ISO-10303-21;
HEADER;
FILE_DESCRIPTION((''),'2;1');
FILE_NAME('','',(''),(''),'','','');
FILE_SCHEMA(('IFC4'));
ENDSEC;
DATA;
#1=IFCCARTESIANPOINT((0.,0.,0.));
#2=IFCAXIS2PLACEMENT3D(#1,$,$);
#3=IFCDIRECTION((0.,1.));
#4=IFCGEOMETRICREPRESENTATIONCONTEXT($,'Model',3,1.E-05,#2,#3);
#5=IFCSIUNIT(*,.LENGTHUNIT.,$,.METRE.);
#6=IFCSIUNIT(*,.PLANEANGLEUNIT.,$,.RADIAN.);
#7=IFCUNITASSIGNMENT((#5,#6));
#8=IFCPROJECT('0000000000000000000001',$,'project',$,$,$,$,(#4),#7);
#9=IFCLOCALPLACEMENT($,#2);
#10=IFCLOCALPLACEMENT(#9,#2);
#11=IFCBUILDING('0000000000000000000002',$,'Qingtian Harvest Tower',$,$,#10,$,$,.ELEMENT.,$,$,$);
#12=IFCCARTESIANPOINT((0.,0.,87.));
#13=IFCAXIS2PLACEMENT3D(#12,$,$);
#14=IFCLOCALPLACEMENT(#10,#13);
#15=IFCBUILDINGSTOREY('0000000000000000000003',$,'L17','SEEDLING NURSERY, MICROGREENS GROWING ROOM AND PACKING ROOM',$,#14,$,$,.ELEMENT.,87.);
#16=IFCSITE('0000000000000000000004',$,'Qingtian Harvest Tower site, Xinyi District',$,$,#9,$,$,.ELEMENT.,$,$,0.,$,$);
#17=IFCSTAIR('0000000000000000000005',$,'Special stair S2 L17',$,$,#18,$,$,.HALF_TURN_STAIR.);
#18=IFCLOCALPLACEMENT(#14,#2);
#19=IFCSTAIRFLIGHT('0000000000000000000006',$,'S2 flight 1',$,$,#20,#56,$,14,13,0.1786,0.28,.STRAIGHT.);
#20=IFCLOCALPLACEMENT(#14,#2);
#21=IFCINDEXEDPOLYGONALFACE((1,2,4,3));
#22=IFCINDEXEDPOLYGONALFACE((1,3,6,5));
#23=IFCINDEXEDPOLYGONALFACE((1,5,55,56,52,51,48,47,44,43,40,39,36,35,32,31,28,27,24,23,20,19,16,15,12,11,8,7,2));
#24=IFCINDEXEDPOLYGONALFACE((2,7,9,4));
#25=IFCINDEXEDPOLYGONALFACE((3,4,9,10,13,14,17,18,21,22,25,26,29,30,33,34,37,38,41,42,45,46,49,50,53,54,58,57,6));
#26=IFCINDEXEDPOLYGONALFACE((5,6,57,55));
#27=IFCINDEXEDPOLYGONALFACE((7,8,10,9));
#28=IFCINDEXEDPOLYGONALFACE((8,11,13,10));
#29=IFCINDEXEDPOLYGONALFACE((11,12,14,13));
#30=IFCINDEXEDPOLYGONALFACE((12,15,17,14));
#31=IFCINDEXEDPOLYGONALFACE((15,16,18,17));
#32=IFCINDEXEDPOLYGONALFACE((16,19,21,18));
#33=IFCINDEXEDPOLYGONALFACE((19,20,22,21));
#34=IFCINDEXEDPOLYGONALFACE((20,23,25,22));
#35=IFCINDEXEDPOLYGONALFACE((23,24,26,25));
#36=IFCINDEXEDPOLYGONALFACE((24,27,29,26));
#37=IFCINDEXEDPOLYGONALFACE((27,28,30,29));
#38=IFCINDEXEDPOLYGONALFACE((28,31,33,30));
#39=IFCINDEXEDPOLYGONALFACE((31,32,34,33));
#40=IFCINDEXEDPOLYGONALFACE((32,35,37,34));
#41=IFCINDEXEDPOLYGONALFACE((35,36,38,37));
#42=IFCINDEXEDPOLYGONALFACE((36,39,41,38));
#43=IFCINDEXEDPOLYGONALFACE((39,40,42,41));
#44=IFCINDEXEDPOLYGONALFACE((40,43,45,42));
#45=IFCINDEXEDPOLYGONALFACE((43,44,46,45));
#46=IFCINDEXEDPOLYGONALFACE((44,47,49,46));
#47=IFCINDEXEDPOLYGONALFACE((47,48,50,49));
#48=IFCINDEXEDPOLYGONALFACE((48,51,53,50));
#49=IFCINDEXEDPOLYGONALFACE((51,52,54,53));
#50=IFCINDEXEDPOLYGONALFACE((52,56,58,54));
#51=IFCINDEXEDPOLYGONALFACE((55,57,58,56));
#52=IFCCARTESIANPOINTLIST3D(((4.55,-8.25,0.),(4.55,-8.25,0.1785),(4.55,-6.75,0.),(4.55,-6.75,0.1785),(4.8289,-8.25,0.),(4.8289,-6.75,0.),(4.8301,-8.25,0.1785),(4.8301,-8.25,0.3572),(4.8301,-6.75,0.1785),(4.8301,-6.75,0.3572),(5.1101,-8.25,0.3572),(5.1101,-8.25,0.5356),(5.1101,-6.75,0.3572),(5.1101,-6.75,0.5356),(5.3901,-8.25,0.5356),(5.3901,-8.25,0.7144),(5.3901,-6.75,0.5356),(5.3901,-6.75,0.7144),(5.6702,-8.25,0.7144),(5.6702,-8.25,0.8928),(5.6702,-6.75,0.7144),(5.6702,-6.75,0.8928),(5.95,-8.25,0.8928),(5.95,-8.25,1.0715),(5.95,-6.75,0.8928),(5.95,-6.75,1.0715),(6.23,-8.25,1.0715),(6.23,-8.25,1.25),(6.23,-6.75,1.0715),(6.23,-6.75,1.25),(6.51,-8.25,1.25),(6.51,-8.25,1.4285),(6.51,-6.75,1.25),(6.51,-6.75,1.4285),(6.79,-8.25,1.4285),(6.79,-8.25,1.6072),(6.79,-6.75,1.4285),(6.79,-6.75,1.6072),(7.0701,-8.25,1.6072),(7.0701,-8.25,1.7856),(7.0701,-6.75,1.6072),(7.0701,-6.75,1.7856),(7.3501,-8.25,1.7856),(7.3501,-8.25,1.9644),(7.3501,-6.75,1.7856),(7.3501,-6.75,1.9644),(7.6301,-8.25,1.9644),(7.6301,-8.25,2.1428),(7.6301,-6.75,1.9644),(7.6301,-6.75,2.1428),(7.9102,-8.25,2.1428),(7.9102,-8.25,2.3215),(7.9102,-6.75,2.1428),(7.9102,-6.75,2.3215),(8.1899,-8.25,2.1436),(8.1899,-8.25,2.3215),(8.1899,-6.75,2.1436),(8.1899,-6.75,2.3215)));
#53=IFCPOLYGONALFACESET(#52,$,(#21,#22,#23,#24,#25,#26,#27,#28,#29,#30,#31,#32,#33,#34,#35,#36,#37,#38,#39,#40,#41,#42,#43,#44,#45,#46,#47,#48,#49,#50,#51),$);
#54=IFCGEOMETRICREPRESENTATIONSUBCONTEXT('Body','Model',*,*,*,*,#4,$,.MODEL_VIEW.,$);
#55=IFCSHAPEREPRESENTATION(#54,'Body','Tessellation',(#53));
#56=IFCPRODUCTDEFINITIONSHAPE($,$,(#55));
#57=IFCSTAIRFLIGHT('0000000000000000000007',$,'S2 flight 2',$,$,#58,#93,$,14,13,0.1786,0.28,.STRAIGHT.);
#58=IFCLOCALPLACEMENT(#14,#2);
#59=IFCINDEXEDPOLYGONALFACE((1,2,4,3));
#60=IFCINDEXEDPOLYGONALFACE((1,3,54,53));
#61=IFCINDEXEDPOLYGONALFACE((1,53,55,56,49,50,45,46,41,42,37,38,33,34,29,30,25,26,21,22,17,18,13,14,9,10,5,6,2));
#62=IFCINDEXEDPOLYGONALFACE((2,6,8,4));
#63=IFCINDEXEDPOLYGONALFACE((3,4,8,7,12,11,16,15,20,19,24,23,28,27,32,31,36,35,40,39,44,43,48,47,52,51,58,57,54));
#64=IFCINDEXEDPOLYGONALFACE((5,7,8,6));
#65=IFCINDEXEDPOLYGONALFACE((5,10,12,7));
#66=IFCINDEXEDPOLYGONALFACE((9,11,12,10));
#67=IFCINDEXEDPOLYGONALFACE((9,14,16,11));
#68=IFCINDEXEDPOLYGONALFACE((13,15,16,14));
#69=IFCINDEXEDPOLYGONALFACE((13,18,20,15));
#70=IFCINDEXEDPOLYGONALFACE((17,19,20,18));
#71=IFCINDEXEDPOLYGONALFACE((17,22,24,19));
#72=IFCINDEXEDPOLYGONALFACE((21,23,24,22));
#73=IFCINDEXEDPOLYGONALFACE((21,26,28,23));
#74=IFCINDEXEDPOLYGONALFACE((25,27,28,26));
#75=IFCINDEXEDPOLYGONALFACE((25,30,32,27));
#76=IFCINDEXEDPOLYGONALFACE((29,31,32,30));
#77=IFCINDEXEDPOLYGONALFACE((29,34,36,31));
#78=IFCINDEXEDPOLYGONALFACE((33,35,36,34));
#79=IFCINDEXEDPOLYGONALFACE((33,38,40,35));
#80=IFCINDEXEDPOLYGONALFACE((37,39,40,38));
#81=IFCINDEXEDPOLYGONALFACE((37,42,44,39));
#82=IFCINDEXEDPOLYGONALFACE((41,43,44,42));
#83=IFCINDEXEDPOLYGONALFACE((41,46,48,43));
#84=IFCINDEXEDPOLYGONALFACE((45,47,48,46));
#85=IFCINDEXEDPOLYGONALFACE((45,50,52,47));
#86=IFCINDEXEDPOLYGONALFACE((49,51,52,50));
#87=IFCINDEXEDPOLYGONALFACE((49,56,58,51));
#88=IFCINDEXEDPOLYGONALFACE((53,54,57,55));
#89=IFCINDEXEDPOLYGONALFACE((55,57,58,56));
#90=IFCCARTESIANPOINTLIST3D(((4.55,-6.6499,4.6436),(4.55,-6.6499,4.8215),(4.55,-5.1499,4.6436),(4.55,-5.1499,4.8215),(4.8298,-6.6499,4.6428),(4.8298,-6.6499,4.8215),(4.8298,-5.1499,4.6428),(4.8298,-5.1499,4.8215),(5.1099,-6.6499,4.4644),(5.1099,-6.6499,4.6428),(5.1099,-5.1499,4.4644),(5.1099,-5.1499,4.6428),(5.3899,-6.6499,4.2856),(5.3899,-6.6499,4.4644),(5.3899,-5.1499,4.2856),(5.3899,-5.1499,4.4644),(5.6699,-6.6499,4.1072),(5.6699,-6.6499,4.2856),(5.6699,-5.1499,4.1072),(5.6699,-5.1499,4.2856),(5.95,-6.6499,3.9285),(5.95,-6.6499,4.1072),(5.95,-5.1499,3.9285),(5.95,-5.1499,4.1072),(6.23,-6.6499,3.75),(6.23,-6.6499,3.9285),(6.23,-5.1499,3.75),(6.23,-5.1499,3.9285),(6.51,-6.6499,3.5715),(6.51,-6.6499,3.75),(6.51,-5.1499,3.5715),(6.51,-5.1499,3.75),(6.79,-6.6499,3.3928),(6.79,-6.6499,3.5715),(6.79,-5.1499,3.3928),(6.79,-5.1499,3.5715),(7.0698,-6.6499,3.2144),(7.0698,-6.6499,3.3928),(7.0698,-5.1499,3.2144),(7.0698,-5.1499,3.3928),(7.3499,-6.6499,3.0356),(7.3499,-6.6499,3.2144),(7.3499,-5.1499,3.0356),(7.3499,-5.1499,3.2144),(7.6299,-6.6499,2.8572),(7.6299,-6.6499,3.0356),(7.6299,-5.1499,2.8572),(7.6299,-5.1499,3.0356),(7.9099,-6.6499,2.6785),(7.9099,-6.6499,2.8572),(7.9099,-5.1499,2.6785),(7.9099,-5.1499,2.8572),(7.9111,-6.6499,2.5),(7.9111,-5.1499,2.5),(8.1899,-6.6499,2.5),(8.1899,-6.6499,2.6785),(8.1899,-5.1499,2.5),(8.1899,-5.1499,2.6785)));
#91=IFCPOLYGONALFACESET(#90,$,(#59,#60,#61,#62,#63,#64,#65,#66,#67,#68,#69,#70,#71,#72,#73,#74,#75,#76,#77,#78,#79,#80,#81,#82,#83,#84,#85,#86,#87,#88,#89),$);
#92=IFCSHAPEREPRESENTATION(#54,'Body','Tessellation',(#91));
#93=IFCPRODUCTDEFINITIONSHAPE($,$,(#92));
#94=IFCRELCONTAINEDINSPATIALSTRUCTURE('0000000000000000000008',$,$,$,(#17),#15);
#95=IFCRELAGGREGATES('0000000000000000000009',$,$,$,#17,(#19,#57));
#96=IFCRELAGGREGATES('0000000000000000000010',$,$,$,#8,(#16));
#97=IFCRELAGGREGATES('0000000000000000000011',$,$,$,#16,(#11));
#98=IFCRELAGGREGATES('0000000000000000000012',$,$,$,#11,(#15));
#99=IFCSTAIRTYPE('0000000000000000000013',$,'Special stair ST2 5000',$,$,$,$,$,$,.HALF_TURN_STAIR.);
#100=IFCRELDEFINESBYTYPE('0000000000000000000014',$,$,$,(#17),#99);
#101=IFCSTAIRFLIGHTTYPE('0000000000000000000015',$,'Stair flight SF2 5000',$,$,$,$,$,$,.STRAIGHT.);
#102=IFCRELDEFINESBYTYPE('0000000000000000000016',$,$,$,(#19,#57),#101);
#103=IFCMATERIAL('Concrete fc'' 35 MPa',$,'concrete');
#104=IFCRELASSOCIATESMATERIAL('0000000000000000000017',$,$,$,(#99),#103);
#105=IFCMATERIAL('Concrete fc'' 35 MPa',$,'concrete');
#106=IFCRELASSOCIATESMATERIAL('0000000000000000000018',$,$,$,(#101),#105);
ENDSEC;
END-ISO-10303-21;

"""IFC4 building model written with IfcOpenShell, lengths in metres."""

from ifc_helpers import new_model, si_unit, direction, frame, origin, place, context, subcontext, project, spatial, polyline, outline, extrude, material, type_object, element, aggregate, save


model = new_model("IFC4")

# Units and contexts
model_context = context("Model", 3, precision=1e-05, world=origin(), true_north=direction((0.0, 1.0)))
body_context = subcontext(model_context, "Body", "Model", "MODEL_VIEW")
ifc_project = project(units=[si_unit("LENGTHUNIT", "METRE"), si_unit("PLANEANGLEUNIT", "RADIAN")], contexts=[model_context])

# Site, building, storey
site_placement = place(None, origin())
site = spatial("IfcSite", under=ifc_project, at=site_placement, Name="Qingtian Harvest Tower site, Xinyi District", CompositionType="ELEMENT", RefElevation=0.0)
building_placement = place(site_placement, origin())
building = spatial("IfcBuilding", under=site, at=building_placement, Name="Qingtian Harvest Tower", CompositionType="ELEMENT")
storey_placement = place(building_placement, frame((0.0, 0.0, 87.0)))
storey = spatial("IfcBuildingStorey", under=building, at=storey_placement, Name="L17", Description="SEEDLING NURSERY, MICROGREENS GROWING ROOM AND PACKING ROOM", CompositionType="ELEMENT", Elevation=87.0)

# Stair, stair flights
ifc_material_1 = material(Name="Concrete fc' 35 MPa", Category="concrete")
stair_type = type_object("IfcStairType", Name="Special stair ST2 5000", PredefinedType="HALF_TURN_STAIR", material=ifc_material_1)
stair_placement = place(storey_placement, origin())
stair = element("IfcStair", 1, at=stair_placement, inside=storey, type_object=stair_type, Name="Special stair S2 L17", PredefinedType="HALF_TURN_STAIR")
ifc_material_2 = material(Name="Concrete fc' 35 MPa", Category="concrete")
stair_flight_type = type_object("IfcStairFlightType", Name="Stair flight SF2 5000", PredefinedType="STRAIGHT", material=ifc_material_2)
stair_flight_1_placement = place(storey_placement, frame((4.55, -7.5, 0.0), z_axis=(0.0, 0.0, 1.0), x_axis=(1.0, 0.0, 0.0)))
stair_flight_1 = element("IfcStairFlight", 2, at=stair_flight_1_placement, type_object=stair_flight_type, Name="S2 flight 1", NumberOfRisers=14, NumberOfTreads=13, PredefinedType="STRAIGHT", RiserHeight=0.1786, TreadLength=0.28, context=body_context, shape_type="SweptSolid", body=[
    extrude(outline(polyline([(0.0, 0.0), (0.0, 0.1785), (0.28, 0.1785), (0.28, 0.3572), (0.5601, 0.3572), (0.5601, 0.5356), (0.8401, 0.5356), (0.8401, 0.7144), (1.1201, 0.7144), (1.1201, 0.8928), (1.3999, 0.8928), (1.3999, 1.0715), (1.6799, 1.0715), (1.6799, 1.25), (1.96, 1.25), (1.96, 1.4285), (2.24, 1.4285), (2.24, 1.6072), (2.52, 1.6072), (2.52, 1.7856), (2.8, 1.7856), (2.8, 1.9644), (3.0801, 1.9644), (3.0801, 2.1428), (3.3601, 2.1428), (3.3601, 2.3215), (3.6399, 2.3215), (3.6399, 2.5), (3.6399, 2.1436), (0.2788, 0.0), (0.0, 0.0)])), frame((0.0, 0.75, 0.0), z_axis=(0.0, -1.0, 0.0), x_axis=(1.0, 0.0, 0.0)), (0.0, 0.0, 1.0), 1.5),
])
stair_flight_2_placement = place(storey_placement, frame((8.1899, -5.8999, 2.5), z_axis=(0.0, 0.0, 1.0), x_axis=(-1.0, 0.0, 0.0)))
stair_flight_2 = element("IfcStairFlight", 3, at=stair_flight_2_placement, type_object=stair_flight_type, Name="S2 flight 2", NumberOfRisers=14, NumberOfTreads=13, PredefinedType="STRAIGHT", RiserHeight=0.1786, TreadLength=0.28, context=body_context, shape_type="SweptSolid", body=[
    extrude(outline(polyline([(0.0, 0.0), (0.0, 0.1785), (0.28, 0.1785), (0.28, 0.3572), (0.5601, 0.3572), (0.5601, 0.5356), (0.8401, 0.5356), (0.8401, 0.7144), (1.1201, 0.7144), (1.1201, 0.8928), (1.3999, 0.8928), (1.3999, 1.0715), (1.6799, 1.0715), (1.6799, 1.25), (1.96, 1.25), (1.96, 1.4285), (2.24, 1.4285), (2.24, 1.6072), (2.52, 1.6072), (2.52, 1.7856), (2.8, 1.7856), (2.8, 1.9644), (3.0801, 1.9644), (3.0801, 2.1428), (3.3601, 2.1428), (3.3601, 2.3215), (3.6399, 2.3215), (3.6399, 2.5), (3.6399, 2.1436), (0.2788, 0.0), (0.0, 0.0)])), frame((0.0, 0.75, 0.0), z_axis=(0.0, -1.0, 0.0), x_axis=(1.0, 0.0, 0.0)), (0.0, 0.0, 1.0), 1.5),
])
aggregate(stair, [stair_flight_1, stair_flight_2])

save(model, "model.ifc")
